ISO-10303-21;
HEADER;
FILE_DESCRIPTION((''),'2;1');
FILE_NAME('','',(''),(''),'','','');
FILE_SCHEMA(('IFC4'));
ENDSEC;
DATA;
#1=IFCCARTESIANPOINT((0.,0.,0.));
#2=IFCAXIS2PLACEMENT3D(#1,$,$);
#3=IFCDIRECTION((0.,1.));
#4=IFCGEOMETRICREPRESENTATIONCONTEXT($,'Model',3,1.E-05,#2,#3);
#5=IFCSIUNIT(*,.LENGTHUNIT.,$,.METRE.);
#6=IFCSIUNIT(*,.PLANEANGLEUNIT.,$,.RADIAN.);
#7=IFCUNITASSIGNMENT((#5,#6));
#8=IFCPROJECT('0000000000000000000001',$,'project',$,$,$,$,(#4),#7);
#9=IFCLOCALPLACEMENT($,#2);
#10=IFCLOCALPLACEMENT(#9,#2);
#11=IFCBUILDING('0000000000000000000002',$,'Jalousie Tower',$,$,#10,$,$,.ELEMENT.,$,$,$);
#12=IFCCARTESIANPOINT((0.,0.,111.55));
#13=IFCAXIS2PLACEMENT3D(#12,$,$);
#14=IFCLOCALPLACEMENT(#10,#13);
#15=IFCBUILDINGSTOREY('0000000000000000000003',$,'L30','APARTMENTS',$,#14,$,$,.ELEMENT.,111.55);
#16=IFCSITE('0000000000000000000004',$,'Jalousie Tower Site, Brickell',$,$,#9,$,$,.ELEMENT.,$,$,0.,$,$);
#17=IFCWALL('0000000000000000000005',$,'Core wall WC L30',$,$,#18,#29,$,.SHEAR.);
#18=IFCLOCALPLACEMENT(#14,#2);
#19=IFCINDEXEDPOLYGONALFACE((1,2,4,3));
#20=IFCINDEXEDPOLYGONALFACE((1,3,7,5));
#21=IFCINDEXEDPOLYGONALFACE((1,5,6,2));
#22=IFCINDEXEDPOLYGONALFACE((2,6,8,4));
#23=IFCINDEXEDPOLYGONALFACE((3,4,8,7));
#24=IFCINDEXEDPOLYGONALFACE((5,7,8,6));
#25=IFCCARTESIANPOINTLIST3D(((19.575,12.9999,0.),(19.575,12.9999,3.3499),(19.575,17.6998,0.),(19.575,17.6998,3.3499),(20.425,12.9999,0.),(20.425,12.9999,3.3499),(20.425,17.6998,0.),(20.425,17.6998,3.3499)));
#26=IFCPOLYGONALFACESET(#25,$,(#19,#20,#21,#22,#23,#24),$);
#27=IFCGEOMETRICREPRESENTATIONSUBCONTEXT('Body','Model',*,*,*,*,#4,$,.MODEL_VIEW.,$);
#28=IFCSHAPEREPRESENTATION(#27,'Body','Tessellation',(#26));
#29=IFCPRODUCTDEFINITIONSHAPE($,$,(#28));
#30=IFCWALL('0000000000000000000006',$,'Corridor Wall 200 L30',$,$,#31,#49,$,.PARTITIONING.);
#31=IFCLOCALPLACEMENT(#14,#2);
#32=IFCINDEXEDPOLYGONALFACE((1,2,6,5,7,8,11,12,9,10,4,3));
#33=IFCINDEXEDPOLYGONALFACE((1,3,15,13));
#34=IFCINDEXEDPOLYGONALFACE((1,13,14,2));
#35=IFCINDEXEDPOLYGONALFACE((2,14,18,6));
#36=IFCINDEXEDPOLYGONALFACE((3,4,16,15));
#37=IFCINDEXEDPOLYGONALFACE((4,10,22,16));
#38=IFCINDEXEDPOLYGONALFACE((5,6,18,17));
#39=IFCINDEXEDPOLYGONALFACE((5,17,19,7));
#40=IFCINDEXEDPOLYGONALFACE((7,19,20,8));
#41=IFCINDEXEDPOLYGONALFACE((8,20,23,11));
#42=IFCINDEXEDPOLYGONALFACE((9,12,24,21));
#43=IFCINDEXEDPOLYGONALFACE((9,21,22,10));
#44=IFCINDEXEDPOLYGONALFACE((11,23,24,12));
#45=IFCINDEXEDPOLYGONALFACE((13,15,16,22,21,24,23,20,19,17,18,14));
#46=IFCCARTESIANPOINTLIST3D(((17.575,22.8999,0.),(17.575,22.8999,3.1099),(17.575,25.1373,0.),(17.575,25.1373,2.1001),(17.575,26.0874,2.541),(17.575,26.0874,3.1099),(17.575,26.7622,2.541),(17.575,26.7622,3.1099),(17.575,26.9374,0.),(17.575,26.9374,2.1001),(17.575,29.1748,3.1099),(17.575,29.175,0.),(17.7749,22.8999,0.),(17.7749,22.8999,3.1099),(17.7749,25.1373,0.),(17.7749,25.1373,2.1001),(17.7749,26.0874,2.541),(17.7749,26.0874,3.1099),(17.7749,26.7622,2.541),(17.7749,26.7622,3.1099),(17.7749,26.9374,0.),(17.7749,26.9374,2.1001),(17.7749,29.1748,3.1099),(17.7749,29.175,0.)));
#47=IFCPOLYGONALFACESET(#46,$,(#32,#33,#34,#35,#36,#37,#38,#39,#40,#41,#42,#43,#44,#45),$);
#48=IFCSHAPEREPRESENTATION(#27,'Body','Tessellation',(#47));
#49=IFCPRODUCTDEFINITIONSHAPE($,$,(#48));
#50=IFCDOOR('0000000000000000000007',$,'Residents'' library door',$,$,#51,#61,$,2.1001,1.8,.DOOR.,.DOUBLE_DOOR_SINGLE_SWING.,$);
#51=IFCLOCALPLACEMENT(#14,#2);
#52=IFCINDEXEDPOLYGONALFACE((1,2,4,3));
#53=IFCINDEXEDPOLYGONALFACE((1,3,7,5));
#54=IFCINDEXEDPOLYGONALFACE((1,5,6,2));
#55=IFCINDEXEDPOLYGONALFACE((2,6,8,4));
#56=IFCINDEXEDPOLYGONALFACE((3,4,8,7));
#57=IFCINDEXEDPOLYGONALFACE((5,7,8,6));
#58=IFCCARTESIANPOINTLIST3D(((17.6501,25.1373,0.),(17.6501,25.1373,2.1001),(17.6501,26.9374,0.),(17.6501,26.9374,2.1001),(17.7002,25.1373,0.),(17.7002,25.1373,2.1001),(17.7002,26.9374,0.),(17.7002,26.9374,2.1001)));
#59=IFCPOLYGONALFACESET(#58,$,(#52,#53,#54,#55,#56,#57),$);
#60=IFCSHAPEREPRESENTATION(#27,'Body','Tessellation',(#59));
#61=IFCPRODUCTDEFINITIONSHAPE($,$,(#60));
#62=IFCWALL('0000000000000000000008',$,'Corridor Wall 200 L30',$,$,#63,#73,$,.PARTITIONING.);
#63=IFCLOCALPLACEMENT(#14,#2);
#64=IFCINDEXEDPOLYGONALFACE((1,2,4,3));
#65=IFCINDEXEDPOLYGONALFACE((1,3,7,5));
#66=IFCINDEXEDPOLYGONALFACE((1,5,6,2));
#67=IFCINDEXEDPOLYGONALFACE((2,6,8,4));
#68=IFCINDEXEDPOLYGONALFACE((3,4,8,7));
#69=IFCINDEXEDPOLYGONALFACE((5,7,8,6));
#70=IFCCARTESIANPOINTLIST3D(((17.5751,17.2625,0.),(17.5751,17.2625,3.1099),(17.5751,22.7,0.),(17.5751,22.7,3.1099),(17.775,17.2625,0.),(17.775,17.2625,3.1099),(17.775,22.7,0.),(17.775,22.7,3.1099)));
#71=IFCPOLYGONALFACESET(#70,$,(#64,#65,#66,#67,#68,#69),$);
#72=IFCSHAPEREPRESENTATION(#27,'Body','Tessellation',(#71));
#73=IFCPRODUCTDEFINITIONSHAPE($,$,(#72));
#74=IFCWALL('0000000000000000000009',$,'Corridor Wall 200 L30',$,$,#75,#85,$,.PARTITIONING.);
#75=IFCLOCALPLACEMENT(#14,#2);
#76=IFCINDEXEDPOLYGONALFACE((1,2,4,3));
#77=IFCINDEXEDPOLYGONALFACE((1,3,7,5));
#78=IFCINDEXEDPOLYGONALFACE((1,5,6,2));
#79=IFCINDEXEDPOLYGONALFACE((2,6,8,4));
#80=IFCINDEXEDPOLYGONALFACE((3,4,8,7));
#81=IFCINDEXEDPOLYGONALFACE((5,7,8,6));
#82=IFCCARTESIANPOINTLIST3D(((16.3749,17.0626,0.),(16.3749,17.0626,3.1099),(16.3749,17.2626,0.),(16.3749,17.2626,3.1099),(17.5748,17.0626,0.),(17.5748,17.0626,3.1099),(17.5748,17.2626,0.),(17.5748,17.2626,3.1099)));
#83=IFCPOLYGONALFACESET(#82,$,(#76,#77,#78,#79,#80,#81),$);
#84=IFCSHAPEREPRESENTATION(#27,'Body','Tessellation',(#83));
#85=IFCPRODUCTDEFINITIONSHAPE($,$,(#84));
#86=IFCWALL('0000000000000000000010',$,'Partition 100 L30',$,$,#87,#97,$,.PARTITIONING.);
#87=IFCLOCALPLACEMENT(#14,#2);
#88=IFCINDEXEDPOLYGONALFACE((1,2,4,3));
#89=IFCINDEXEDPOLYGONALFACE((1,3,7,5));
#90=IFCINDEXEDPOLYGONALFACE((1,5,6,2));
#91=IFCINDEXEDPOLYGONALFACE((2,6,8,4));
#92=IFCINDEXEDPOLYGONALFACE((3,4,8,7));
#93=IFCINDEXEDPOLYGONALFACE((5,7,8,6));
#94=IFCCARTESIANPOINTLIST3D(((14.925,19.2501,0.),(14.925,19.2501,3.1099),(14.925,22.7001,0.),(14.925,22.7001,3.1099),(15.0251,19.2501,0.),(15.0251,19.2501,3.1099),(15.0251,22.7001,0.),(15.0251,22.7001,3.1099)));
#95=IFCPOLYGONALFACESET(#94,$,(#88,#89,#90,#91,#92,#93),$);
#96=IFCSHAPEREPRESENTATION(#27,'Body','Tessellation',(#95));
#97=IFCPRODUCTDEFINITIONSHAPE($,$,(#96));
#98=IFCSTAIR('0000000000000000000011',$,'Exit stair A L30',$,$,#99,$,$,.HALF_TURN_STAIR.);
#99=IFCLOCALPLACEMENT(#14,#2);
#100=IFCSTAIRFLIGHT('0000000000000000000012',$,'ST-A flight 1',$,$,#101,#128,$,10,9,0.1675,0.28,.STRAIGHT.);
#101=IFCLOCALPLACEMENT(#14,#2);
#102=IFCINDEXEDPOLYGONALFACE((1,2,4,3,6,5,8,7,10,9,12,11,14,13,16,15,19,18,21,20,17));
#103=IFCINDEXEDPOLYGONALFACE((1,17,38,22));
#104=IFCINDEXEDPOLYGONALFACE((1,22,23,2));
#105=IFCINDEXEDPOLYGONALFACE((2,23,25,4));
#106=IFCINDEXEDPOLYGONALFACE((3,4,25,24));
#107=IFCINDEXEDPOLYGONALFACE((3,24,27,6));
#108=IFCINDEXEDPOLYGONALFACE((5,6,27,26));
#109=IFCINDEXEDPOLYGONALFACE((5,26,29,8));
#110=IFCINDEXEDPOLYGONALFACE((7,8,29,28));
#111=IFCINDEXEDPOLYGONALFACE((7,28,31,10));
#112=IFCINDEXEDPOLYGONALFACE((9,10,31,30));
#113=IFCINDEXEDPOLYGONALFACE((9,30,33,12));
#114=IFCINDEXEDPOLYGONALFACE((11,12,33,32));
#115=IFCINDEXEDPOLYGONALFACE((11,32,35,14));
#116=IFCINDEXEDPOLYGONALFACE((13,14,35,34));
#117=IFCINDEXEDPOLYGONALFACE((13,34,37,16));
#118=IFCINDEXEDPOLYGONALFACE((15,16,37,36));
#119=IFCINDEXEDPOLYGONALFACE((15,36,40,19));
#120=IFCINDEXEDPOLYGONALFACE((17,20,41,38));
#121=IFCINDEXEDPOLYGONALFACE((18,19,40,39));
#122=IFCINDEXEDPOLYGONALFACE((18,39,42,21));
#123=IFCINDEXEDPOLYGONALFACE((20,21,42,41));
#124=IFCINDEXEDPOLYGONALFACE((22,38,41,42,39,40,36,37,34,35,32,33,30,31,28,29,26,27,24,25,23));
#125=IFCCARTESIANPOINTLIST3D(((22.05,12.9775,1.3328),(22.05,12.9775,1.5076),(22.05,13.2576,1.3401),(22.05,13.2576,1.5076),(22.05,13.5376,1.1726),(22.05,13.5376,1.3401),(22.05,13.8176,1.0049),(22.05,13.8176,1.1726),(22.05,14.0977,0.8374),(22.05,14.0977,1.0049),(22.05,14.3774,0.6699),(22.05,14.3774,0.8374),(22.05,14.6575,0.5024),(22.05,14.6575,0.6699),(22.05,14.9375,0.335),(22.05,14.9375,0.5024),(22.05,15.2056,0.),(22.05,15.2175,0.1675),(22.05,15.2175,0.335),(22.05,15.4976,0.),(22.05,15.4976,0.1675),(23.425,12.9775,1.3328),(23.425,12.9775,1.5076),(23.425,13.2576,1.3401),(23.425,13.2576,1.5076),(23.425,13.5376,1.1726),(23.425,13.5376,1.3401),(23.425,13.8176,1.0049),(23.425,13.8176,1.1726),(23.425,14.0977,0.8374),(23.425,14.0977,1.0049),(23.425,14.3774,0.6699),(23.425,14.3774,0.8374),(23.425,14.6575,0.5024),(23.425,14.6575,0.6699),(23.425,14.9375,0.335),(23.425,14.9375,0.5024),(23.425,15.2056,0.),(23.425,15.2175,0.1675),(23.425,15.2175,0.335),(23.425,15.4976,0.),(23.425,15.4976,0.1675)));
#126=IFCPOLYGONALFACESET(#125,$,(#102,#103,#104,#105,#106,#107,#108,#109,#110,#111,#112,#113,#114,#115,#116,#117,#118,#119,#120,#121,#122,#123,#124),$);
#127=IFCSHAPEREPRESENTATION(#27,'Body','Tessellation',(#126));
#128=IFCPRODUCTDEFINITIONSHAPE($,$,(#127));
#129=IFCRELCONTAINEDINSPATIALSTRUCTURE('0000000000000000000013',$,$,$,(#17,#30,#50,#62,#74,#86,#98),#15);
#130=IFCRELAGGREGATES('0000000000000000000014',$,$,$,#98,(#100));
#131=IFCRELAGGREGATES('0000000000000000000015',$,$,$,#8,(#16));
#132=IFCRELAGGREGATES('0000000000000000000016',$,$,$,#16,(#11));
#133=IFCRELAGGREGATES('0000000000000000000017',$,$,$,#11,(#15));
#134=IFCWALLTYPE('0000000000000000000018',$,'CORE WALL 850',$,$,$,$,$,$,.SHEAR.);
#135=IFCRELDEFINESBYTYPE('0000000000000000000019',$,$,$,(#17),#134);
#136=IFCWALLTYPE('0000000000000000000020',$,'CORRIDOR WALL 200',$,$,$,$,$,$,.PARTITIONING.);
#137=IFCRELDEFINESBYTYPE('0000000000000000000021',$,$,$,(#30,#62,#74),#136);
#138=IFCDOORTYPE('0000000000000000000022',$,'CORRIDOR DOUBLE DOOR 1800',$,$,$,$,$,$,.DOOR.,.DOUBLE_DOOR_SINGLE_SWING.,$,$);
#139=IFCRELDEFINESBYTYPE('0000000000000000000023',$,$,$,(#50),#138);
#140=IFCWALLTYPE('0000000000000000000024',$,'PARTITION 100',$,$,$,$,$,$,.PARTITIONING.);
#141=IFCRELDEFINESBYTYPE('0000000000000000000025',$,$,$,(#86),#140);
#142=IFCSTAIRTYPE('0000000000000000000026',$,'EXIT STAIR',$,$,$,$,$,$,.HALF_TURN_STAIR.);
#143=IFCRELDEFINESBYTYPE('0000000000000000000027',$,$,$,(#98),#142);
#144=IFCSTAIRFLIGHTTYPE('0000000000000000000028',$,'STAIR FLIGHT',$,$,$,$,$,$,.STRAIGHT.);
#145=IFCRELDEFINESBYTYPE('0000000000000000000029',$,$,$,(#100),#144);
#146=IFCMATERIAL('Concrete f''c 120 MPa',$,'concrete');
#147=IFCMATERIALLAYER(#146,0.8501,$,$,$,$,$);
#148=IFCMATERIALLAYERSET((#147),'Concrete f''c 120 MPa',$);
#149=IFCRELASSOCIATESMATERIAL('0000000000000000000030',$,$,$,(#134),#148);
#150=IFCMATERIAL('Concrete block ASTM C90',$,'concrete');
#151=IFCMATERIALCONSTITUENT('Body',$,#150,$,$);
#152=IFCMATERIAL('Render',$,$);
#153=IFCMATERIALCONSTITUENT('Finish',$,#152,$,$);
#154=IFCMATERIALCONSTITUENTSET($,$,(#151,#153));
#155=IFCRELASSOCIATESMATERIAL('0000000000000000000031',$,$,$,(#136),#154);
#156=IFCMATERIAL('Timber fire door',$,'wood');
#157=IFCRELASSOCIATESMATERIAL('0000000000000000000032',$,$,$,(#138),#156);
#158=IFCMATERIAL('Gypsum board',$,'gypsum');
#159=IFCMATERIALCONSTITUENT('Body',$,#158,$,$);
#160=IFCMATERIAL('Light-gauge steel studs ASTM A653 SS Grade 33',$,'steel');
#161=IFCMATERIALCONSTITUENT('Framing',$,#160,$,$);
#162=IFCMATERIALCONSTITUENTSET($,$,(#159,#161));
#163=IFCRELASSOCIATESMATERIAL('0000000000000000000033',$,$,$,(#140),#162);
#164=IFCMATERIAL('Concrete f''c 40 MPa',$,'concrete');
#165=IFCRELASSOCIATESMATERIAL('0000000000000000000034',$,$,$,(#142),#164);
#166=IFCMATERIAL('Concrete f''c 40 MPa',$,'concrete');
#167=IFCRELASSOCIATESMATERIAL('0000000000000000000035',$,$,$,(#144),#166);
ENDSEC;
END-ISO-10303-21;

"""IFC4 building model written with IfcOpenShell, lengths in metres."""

from ifc_helpers import new_model, si_unit, direction, frame, frame_2d, origin, place, context, subcontext, project, spatial, polyline, rectangle, outline, extrude, material, layer, layer_set, constituent, constituent_set, type_object, element, fill, aggregate, save


model = new_model("IFC4")

# Units and contexts
model_context = context("Model", 3, precision=1e-05, world=origin(), true_north=direction((0.0, 1.0)))
body_context = subcontext(model_context, "Body", "Model", "MODEL_VIEW")
ifc_project = project(units=[si_unit("LENGTHUNIT", "METRE"), si_unit("PLANEANGLEUNIT", "RADIAN")], contexts=[model_context])

# Site, building, storey
site_placement = place(None, origin())
site = spatial("IfcSite", under=ifc_project, at=site_placement, Name="Jalousie Tower Site, Brickell", CompositionType="ELEMENT", RefElevation=0.0)
building_placement = place(site_placement, origin())
building = spatial("IfcBuilding", under=site, at=building_placement, Name="Jalousie Tower", CompositionType="ELEMENT")
storey_placement = place(building_placement, frame((0.0, 0.0, 111.55)))
storey = spatial("IfcBuildingStorey", under=building, at=storey_placement, Name="L30", Description="APARTMENTS", CompositionType="ELEMENT", Elevation=111.55)

# Shared definitions
ifc_material_1 = material(Name="Concrete f'c 120 MPa", Category="concrete")
ifc_layer_1 = layer(ifc_material_1, 0.8501)
ifc_layer_set_1 = layer_set([ifc_layer_1], Name="Concrete f'c 120 MPa")
wall_type_1 = type_object("IfcWallType", Name="CORE WALL 850", PredefinedType="SHEAR", material=ifc_layer_set_1)

# Wall
wall_1_placement = place(storey_placement, frame((20.0, 17.7, 0.0), z_axis=(0.0, 0.0, 1.0), x_axis=(0.0, -1.0, 0.0)))
element("IfcWall", 1, at=wall_1_placement, inside=storey, type_object=wall_type_1, Name="Core wall WC L30", PredefinedType="SHEAR", context=body_context, shape_type="SweptSolid", body=[
    extrude(rectangle(XDim=4.7, YDim=0.8501, at=frame_2d((2.3501, 0.0))), origin(), (0.0, 0.0, 1.0), 3.3499),
])

# Wall, opening, door
ifc_material_2 = material(Name="Concrete block ASTM C90", Category="concrete")
ifc_constituent_1 = constituent(ifc_material_2, Name="Body")
ifc_material_3 = material(Name="Render")
ifc_constituent_2 = constituent(ifc_material_3, Name="Finish")
ifc_constituent_set_1 = constituent_set(constituents=[ifc_constituent_1, ifc_constituent_2])
wall_type_2 = type_object("IfcWallType", Name="CORRIDOR WALL 200", PredefinedType="PARTITIONING", material=ifc_constituent_set_1)
wall_2_placement = place(storey_placement, frame((17.675, 22.8999, 0.0), z_axis=(0.0, 0.0, 1.0), x_axis=(0.0, 1.0, 0.0)))
wall_2 = element("IfcWall", 2, at=wall_2_placement, inside=storey, type_object=wall_type_2, Name="Corridor Wall 200 L30", PredefinedType="PARTITIONING", context=body_context, shape_type="SweptSolid", body=[
    extrude(outline(polyline([(0.0, 0.0), (6.2751, 0.0), (6.2749, 3.1099), (3.8623, 3.1099), (3.8623, 2.541), (3.1875, 2.541), (3.1875, 3.1099), (0.0, 3.1099), (0.0, 0.0)])), frame((0.0, 0.1001, 0.0), z_axis=(0.0, -1.0, 0.0), x_axis=(1.0, 0.0, 0.0)), (0.0, 0.0, 1.0), 0.2),
])
opening_1_placement = place(wall_2_placement, frame((2.2375, 0.0, 0.0)))
opening_1 = element("IfcOpeningElement", 3, at=opening_1_placement, cuts=wall_2, PredefinedType="OPENING", context=body_context, shape_type="SweptSolid", body=[
    extrude(rectangle(XDim=1.8, YDim=2.1001, at=frame_2d((0.8999, 1.05))), frame((0.0, 0.1099, 0.0), z_axis=(0.0, -1.0, 0.0), x_axis=(1.0, 0.0, 0.0)), (0.0, 0.0, 1.0), 0.22),
])
ifc_material_4 = material(Name="Timber fire door", Category="wood")
door_type_1 = type_object("IfcDoorType", Name="CORRIDOR DOUBLE DOOR 1800", OperationType="DOUBLE_DOOR_SINGLE_SWING", PredefinedType="DOOR", material=ifc_material_4)
door_1_placement = place(opening_1_placement, origin())
door_1 = element("IfcDoor", 4, at=door_1_placement, inside=storey, type_object=door_type_1, Name="Residents' library door", OperationType="DOUBLE_DOOR_SINGLE_SWING", OverallHeight=2.1001, OverallWidth=1.8, PredefinedType="DOOR", context=body_context, shape_type="SweptSolid", body=[
    extrude(rectangle(XDim=1.8, YDim=2.1001, at=frame_2d((0.8999, 1.05))), frame((0.0, 0.0249, 0.0), z_axis=(0.0, -1.0, 0.0), x_axis=(1.0, 0.0, 0.0)), (0.0, 0.0, 1.0), 0.05),
])
fill(opening_1, door_1)

# Walls
wall_3_placement = place(storey_placement, frame((17.675, 17.2625, 0.0), z_axis=(0.0, 0.0, 1.0), x_axis=(0.0, 1.0, 0.0)))
element("IfcWall", 5, at=wall_3_placement, inside=storey, type_object=wall_type_2, Name="Corridor Wall 200 L30", PredefinedType="PARTITIONING", context=body_context, shape_type="SweptSolid", body=[
    extrude(rectangle(XDim=5.4375, YDim=0.2, at=frame_2d((2.7188, 0.0))), origin(), (0.0, 0.0, 1.0), 3.1099),
])
wall_4_placement = place(storey_placement, frame((17.575, 17.1626, 0.0), z_axis=(0.0, 0.0, 1.0), x_axis=(-1.0, 0.0, 0.0)))
element("IfcWall", 6, at=wall_4_placement, inside=storey, type_object=wall_type_2, Name="Corridor Wall 200 L30", PredefinedType="PARTITIONING", context=body_context, shape_type="SweptSolid", body=[
    extrude(rectangle(XDim=1.2, YDim=0.2, at=frame_2d((0.6001, 0.0))), origin(), (0.0, 0.0, 1.0), 3.1099),
])
ifc_material_5 = material(Name="Gypsum board", Category="gypsum")
ifc_constituent_3 = constituent(ifc_material_5, Name="Body")
ifc_material_6 = material(Name="Light-gauge steel studs ASTM A653 SS Grade 33", Category="steel")
ifc_constituent_4 = constituent(ifc_material_6, Name="Framing")
ifc_constituent_set_2 = constituent_set(constituents=[ifc_constituent_3, ifc_constituent_4])
wall_type_3 = type_object("IfcWallType", Name="PARTITION 100", PredefinedType="PARTITIONING", material=ifc_constituent_set_2)
wall_5_placement = place(storey_placement, frame((14.9751, 19.25, 0.0), z_axis=(0.0, 0.0, 1.0), x_axis=(0.0, 1.0, 0.0)))
element("IfcWall", 7, at=wall_5_placement, inside=storey, type_object=wall_type_3, Name="Partition 100 L30", PredefinedType="PARTITIONING", context=body_context, shape_type="SweptSolid", body=[
    extrude(rectangle(XDim=3.45, YDim=0.1001, at=frame_2d((1.7251, 0.0))), origin(), (0.0, 0.0, 1.0), 3.1099),
])

# Stair, stair flight
ifc_material_7 = material(Name="Concrete f'c 40 MPa", Category="concrete")
stair_type = type_object("IfcStairType", Name="EXIT STAIR", PredefinedType="HALF_TURN_STAIR", material=ifc_material_7)
stair_placement = place(storey_placement, origin())
stair = element("IfcStair", 8, at=stair_placement, inside=storey, type_object=stair_type, Name="Exit stair A L30", PredefinedType="HALF_TURN_STAIR")
ifc_material_8 = material(Name="Concrete f'c 40 MPa", Category="concrete")
stair_flight_type = type_object("IfcStairFlightType", Name="STAIR FLIGHT", PredefinedType="STRAIGHT", material=ifc_material_8)
stair_flight_placement = place(storey_placement, frame((22.7375, 15.4976, 0.0), z_axis=(0.0, 0.0, 1.0), x_axis=(0.0, -1.0, 0.0)))
stair_flight = element("IfcStairFlight", 9, at=stair_flight_placement, type_object=stair_flight_type, Name="ST-A flight 1", NumberOfRisers=10, NumberOfTreads=9, PredefinedType="STRAIGHT", RiserHeight=0.1675, TreadLength=0.28, context=body_context, shape_type="SweptSolid", body=[
    extrude(outline(polyline([(0.0, 0.0), (0.0, 0.1675), (0.28, 0.1675), (0.28, 0.335), (0.5601, 0.335), (0.5601, 0.5024), (0.8401, 0.5024), (0.8401, 0.6699), (1.1201, 0.6699), (1.1201, 0.8374), (1.3999, 0.8374), (1.3999, 1.0049), (1.6799, 1.0049), (1.6799, 1.1726), (1.96, 1.1726), (1.96, 1.3401), (2.24, 1.3401), (2.24, 1.5076), (2.52, 1.5076), (2.52, 1.675), (2.52, 1.3328), (0.292, 0.0), (0.0, 0.0)])), frame((0.0, 0.6875, 0.0), z_axis=(0.0, -1.0, 0.0), x_axis=(1.0, 0.0, 0.0)), (0.0, 0.0, 1.0), 1.375),
])
aggregate(stair, [stair_flight])

save(model, "model.ifc")
